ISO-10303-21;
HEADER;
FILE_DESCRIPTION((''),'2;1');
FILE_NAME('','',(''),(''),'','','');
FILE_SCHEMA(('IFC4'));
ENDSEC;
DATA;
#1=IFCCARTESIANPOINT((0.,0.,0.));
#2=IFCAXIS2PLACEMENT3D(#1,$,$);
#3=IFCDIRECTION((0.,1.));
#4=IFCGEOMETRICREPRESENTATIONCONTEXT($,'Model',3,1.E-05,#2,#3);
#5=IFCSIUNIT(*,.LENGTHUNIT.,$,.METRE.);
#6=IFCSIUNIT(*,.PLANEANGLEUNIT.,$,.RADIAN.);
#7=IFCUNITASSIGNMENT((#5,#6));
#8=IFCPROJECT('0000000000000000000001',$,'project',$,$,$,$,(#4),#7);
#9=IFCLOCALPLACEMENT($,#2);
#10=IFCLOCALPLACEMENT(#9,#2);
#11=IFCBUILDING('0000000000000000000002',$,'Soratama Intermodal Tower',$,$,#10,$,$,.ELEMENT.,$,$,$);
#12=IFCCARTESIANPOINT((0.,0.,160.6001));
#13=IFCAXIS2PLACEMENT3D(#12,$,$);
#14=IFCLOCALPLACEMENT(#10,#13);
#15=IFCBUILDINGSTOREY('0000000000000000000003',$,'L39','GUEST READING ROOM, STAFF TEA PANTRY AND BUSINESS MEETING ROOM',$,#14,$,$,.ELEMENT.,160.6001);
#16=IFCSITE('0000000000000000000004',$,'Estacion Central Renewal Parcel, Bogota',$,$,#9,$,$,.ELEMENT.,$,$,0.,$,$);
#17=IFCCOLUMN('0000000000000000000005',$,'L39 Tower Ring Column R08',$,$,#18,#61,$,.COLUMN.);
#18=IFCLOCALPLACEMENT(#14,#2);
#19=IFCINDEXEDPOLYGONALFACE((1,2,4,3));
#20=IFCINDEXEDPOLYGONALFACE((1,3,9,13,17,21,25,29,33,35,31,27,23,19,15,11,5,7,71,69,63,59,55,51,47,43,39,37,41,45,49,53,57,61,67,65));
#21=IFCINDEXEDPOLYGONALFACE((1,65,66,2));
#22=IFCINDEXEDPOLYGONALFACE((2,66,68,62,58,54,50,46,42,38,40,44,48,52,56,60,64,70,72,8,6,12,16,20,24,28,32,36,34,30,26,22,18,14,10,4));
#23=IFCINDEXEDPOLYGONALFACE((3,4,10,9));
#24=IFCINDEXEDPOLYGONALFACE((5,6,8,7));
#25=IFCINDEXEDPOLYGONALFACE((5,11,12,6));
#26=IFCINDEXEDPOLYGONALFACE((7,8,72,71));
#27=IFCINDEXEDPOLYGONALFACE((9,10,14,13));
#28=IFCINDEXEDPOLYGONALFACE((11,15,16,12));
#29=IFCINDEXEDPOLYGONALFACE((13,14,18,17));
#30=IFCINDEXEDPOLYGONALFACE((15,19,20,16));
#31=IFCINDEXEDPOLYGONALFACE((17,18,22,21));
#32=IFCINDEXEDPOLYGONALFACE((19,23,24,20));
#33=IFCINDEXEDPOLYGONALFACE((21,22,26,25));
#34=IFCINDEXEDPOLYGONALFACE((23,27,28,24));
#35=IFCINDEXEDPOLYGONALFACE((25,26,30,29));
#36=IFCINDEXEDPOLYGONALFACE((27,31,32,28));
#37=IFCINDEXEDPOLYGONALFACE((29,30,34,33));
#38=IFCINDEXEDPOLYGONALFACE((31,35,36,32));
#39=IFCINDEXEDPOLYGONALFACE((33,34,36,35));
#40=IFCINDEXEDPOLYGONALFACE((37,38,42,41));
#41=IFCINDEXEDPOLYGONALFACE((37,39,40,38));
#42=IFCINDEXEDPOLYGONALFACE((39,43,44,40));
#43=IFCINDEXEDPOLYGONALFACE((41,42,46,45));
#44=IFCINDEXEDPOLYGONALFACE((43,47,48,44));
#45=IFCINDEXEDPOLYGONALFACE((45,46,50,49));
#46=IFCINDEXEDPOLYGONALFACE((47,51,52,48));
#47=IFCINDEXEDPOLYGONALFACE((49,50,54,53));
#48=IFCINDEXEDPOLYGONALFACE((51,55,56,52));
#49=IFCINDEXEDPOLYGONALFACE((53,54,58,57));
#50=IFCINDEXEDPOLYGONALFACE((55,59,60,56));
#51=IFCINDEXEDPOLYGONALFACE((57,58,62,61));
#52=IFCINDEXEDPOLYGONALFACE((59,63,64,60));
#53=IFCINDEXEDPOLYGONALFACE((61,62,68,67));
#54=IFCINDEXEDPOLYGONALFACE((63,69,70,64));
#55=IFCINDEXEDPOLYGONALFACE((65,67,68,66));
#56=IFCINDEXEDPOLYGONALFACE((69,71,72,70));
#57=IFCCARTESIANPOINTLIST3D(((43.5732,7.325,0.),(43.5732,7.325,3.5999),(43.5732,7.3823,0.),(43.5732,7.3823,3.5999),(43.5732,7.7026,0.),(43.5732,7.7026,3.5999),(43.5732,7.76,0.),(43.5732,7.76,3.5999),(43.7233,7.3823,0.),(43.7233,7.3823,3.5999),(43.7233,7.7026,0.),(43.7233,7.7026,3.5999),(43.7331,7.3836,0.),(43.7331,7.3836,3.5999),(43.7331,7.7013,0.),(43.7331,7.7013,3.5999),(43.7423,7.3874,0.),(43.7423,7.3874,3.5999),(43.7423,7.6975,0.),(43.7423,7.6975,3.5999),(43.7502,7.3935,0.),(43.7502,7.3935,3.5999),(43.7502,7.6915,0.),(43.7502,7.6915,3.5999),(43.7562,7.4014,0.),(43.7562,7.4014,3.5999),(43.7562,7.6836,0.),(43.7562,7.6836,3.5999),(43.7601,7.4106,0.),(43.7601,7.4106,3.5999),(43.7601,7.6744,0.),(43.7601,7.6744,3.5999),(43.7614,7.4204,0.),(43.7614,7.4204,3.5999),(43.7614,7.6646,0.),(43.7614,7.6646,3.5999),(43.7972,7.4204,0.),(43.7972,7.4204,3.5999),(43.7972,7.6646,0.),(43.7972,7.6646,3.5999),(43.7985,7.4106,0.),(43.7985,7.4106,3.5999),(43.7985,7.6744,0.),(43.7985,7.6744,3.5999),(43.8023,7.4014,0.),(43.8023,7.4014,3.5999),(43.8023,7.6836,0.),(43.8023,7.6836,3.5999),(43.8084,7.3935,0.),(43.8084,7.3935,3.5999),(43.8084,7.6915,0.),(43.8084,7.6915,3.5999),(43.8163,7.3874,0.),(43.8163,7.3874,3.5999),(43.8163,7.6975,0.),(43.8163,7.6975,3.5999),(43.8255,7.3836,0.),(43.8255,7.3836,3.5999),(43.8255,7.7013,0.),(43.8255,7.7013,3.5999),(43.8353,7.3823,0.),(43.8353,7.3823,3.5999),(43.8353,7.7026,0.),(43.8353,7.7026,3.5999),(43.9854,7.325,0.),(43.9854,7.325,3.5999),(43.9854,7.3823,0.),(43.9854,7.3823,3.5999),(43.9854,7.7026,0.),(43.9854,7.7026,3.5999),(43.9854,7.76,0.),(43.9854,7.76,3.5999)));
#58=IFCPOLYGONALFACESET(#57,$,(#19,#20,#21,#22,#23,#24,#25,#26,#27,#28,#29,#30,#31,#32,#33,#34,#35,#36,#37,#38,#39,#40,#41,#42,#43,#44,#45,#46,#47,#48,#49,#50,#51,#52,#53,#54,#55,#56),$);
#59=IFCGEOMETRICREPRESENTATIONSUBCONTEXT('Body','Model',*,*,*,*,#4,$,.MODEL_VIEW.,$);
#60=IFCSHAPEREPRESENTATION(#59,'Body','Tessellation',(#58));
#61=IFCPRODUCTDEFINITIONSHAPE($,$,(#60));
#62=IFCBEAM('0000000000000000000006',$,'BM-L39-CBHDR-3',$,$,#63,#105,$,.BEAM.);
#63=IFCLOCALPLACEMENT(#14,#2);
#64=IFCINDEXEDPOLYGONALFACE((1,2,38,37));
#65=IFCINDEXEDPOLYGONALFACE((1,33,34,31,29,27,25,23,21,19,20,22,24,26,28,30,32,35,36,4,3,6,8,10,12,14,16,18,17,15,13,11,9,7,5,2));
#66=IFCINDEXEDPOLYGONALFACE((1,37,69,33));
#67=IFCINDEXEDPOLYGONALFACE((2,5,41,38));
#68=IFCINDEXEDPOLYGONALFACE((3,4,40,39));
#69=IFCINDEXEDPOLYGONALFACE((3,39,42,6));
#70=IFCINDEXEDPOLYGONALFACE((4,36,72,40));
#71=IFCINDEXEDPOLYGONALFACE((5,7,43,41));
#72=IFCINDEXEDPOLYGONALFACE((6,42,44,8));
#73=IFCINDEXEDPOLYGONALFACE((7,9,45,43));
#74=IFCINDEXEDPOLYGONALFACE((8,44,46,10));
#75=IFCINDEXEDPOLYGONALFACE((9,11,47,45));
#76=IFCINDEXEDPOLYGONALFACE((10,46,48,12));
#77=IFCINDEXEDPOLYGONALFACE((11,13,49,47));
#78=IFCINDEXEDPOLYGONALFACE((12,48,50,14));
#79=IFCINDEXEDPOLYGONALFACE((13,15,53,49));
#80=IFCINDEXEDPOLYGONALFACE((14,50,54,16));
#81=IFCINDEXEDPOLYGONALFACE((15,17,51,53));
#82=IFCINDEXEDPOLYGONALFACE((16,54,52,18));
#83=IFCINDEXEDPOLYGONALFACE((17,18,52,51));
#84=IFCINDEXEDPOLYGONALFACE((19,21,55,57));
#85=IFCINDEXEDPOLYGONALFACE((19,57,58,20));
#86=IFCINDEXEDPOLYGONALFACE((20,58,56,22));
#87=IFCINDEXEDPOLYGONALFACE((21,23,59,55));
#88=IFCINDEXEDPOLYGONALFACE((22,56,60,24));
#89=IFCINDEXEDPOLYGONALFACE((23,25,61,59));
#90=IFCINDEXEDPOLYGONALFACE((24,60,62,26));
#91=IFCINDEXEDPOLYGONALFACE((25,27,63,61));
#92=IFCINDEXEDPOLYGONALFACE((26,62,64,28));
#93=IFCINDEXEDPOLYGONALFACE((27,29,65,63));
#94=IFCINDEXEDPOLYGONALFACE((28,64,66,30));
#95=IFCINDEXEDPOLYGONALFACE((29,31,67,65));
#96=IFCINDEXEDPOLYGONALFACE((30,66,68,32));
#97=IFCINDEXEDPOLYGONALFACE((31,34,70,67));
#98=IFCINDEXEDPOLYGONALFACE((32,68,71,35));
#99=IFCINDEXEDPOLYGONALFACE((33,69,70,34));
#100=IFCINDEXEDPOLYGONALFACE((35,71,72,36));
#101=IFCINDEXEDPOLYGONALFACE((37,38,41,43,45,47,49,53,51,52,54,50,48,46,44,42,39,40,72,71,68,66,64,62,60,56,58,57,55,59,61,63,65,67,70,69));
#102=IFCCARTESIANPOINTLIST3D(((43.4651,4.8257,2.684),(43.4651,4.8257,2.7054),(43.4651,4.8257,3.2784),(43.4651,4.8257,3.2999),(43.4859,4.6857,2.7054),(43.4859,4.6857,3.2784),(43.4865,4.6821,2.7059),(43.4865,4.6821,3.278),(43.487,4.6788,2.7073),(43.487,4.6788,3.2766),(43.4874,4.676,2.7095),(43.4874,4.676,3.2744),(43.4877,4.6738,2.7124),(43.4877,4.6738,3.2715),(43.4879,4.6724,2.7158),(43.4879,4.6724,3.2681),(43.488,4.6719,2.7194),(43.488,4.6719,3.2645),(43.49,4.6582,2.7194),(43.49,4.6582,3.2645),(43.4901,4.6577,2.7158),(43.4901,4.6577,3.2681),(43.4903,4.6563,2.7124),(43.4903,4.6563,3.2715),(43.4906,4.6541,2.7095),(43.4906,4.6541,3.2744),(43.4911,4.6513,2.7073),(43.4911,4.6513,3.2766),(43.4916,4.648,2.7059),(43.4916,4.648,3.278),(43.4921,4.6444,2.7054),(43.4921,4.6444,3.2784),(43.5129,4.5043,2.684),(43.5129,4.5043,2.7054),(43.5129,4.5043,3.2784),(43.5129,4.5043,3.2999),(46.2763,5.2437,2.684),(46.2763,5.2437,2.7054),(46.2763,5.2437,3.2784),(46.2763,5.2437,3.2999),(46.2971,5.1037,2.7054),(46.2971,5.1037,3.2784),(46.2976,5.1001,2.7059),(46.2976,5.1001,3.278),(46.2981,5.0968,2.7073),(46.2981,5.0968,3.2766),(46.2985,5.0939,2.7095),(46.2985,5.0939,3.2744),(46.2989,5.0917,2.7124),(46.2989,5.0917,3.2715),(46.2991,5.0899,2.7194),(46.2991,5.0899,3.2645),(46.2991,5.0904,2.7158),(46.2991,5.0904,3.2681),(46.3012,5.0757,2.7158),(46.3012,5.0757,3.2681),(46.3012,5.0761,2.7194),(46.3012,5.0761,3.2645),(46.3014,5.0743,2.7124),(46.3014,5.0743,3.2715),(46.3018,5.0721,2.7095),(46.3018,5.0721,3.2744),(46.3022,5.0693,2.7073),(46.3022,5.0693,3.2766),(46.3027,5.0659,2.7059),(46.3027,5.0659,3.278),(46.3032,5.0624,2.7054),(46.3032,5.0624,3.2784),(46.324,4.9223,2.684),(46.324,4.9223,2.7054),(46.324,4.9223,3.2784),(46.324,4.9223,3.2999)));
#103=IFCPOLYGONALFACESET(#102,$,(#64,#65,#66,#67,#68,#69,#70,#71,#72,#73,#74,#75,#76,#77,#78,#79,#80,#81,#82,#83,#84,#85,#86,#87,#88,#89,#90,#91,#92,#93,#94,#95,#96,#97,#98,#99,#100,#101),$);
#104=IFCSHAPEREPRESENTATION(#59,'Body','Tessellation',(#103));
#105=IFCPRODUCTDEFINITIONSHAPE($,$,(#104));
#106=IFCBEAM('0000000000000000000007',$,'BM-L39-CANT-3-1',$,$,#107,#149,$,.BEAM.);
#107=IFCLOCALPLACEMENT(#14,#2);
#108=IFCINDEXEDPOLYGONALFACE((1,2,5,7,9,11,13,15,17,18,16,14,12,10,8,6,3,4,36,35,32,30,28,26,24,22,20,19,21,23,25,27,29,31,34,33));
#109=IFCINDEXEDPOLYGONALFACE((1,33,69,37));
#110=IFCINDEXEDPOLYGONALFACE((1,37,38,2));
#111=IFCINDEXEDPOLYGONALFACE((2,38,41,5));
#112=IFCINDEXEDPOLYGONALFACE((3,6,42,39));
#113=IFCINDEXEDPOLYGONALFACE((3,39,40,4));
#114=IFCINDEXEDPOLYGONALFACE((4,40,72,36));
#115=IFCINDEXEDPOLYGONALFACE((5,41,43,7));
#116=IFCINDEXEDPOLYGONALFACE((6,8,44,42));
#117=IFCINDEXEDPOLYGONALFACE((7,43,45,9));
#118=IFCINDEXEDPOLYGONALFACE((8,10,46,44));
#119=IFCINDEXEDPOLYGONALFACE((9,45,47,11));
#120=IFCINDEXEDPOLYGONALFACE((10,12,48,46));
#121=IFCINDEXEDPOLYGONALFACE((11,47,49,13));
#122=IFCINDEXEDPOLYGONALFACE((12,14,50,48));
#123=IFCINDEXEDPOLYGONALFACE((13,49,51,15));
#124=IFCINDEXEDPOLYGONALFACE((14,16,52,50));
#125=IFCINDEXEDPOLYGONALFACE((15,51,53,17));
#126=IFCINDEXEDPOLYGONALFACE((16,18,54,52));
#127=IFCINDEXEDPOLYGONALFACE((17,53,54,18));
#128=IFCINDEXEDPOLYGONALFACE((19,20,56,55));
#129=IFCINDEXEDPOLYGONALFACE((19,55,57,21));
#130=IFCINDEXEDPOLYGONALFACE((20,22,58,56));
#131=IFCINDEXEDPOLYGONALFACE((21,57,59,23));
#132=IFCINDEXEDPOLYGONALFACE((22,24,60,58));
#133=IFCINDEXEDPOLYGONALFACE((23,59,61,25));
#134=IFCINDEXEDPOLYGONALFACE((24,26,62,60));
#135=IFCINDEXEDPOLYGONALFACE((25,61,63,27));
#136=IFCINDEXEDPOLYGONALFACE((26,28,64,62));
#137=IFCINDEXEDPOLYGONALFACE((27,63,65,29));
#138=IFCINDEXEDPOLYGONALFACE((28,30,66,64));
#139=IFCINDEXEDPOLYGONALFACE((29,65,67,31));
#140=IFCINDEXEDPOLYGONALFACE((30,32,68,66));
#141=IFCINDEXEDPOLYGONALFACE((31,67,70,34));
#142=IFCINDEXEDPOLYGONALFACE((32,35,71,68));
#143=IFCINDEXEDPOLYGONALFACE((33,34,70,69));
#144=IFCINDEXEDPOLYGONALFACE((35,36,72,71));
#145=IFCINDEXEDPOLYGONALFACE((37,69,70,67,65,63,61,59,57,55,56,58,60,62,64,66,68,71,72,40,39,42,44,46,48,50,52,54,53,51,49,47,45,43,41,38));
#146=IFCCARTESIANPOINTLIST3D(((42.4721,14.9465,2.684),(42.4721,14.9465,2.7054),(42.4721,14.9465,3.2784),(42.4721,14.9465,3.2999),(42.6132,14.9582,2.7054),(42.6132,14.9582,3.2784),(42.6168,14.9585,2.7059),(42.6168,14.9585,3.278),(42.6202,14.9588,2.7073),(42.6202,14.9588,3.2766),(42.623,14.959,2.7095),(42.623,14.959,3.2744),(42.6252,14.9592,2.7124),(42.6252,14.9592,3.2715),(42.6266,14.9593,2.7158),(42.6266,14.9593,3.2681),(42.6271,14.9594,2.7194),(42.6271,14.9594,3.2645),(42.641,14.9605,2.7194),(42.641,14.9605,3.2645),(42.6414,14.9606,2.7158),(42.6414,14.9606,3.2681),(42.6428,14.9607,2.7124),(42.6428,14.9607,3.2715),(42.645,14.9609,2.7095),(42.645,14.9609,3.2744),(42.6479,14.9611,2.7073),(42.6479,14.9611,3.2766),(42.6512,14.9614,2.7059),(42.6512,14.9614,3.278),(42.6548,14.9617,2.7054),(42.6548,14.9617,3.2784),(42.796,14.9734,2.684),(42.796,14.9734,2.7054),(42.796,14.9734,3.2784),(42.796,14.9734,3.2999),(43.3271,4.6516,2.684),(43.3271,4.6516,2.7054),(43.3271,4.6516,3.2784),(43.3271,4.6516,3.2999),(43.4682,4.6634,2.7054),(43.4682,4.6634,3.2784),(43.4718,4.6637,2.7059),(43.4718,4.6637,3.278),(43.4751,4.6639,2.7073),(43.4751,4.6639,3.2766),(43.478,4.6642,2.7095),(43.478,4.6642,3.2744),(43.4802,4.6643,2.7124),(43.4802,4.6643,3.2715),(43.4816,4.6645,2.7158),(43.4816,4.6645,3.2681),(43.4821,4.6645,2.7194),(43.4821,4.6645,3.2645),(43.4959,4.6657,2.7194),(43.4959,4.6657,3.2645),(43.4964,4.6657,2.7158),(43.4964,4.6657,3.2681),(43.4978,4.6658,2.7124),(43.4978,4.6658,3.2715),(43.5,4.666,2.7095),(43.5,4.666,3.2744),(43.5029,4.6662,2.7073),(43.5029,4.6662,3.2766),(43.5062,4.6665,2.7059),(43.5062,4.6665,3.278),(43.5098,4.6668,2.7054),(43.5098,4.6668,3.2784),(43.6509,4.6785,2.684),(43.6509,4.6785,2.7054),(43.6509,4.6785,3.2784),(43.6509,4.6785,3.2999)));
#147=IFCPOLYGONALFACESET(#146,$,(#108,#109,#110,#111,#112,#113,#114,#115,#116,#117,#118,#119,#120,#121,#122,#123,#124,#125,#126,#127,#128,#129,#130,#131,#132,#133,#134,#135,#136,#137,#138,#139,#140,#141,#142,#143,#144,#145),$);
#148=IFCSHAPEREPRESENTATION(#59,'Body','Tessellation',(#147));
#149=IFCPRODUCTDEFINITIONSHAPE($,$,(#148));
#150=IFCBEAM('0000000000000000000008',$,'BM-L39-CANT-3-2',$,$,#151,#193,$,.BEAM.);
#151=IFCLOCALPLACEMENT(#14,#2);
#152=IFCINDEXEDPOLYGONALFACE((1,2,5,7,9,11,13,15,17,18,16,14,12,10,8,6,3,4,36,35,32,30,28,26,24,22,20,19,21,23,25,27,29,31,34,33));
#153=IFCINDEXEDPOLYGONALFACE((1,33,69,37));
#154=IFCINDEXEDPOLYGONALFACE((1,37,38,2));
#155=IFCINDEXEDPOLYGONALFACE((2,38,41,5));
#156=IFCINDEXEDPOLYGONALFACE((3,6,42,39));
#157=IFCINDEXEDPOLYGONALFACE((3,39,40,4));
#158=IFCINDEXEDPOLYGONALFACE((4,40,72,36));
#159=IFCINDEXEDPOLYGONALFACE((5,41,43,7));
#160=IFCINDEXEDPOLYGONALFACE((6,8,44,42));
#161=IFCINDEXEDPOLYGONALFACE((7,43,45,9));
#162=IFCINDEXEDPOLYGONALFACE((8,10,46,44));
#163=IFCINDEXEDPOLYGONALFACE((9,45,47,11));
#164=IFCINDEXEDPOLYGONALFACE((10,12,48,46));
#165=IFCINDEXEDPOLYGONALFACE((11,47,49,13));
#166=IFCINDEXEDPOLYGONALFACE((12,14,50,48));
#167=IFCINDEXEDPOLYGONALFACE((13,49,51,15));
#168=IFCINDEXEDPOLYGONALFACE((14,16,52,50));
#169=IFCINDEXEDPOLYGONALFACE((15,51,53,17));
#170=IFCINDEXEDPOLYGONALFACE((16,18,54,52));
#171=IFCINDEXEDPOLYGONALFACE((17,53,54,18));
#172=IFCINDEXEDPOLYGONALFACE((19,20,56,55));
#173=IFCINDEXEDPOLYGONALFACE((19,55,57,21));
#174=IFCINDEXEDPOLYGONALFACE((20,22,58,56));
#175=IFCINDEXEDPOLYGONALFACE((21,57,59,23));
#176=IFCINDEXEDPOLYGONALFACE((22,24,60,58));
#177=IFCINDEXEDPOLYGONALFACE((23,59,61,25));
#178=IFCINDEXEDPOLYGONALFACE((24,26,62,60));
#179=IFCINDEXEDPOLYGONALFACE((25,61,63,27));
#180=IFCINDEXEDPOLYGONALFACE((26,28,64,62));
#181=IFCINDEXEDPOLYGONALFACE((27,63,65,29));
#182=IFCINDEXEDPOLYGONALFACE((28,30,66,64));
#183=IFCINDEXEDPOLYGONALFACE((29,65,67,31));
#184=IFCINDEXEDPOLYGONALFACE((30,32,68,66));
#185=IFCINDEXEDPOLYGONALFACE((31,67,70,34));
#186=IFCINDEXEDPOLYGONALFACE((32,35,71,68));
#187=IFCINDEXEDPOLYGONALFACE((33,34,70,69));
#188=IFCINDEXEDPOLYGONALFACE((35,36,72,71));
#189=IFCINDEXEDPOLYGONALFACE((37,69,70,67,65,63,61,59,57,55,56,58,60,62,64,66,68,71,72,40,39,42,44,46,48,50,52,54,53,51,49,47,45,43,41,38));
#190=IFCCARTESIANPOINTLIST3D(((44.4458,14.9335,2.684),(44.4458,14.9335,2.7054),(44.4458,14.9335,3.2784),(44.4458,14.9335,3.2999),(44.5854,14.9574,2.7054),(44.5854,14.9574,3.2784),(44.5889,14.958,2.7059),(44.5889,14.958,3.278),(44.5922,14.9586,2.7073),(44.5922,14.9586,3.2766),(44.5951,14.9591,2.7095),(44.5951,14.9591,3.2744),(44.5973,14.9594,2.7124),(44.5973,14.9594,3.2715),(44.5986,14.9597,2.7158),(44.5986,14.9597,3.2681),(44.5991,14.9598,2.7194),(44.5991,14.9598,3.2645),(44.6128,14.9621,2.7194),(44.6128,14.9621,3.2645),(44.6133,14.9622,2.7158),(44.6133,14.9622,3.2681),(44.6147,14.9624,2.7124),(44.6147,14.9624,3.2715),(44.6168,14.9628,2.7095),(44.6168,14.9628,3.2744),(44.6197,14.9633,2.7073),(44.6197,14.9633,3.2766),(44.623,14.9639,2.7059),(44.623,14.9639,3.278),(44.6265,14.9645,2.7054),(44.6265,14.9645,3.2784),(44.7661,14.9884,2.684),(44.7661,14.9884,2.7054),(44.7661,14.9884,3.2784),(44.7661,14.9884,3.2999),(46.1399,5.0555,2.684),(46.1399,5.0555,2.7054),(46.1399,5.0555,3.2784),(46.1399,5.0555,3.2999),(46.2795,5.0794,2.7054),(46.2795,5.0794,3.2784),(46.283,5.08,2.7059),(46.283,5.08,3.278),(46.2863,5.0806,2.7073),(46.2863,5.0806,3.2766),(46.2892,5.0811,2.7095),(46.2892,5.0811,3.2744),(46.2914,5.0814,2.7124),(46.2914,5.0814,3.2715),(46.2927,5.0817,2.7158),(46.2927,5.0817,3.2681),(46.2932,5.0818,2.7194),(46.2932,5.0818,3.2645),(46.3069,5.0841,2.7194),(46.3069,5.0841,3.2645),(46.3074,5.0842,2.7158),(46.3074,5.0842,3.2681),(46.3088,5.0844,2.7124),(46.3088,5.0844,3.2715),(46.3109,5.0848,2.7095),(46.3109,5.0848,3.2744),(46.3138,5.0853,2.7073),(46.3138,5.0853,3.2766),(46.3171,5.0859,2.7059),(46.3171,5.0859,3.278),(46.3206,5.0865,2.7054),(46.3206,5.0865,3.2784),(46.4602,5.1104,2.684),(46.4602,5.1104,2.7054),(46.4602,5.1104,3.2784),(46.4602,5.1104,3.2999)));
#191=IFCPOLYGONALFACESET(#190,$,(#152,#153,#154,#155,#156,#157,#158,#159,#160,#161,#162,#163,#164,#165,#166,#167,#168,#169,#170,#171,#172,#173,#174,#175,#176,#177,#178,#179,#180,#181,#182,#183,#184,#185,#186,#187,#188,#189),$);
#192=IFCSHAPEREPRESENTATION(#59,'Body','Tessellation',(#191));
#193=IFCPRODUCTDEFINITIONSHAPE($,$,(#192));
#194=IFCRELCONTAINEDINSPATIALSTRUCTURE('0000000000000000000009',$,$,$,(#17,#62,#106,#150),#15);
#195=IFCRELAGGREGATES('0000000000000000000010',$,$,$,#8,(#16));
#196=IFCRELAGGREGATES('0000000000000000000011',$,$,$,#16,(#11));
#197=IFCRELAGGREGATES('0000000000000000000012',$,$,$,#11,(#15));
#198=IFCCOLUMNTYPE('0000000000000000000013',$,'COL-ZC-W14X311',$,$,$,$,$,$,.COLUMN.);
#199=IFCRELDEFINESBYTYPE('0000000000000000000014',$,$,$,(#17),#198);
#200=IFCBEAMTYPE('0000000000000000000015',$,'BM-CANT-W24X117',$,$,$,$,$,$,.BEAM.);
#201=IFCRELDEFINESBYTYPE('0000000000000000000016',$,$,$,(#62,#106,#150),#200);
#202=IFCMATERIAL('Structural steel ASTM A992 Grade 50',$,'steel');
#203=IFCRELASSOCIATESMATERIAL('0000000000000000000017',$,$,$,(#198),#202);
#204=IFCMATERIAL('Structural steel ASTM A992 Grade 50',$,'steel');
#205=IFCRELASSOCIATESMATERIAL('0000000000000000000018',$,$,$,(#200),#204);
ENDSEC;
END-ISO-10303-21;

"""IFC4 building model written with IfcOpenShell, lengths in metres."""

from ifc_helpers import new_model, si_unit, direction, frame, origin, origin_2d, place, context, subcontext, project, spatial, i_section, extrude, material, material_profile, profile_set, type_object, element, save


model = new_model("IFC4")

# Units and contexts
model_context = context("Model", 3, precision=1e-05, world=origin(), true_north=direction((0.0, 1.0)))
body_context = subcontext(model_context, "Body", "Model", "MODEL_VIEW")
ifc_project = project(units=[si_unit("LENGTHUNIT", "METRE"), si_unit("PLANEANGLEUNIT", "RADIAN")], contexts=[model_context])

# Site, building, storey
site_placement = place(None, origin())
site = spatial("IfcSite", under=ifc_project, at=site_placement, Name="Estacion Central Renewal Parcel, Bogota", CompositionType="ELEMENT", RefElevation=0.0)
building_placement = place(site_placement, origin())
building = spatial("IfcBuilding", under=site, at=building_placement, Name="Soratama Intermodal Tower", CompositionType="ELEMENT")
storey_placement = place(building_placement, frame((0.0, 0.0, 160.6001)))
storey = spatial("IfcBuildingStorey", under=building, at=storey_placement, Name="L39", Description="GUEST READING ROOM, STAFF TEA PANTRY AND BUSINESS MEETING ROOM", CompositionType="ELEMENT", Elevation=160.6001)

# Column
ifc_material_1 = material(Name="Structural steel ASTM A992 Grade 50", Category="steel")
ifc_material_profile_1 = material_profile(ifc_material_1, i_section(OverallWidth=0.4121, OverallDepth=0.4351, WebThickness=0.0359, FlangeThickness=0.0574, FilletRadius=0.0381, at=origin_2d()), Name="W14X311")
ifc_profile_set_1 = profile_set([ifc_material_profile_1], Name="Structural steel ASTM A992 Grade 50")
column_type = type_object("IfcColumnType", Name="COL-ZC-W14X311", PredefinedType="COLUMN", material=ifc_profile_set_1)
column_placement = place(storey_placement, frame((43.7793, 7.5425, 0.0), z_axis=(0.0, 0.0, 1.0), x_axis=(1.0, 0.0, 0.0)))
element("IfcColumn", 1, at=column_placement, inside=storey, type_object=column_type, Name="L39 Tower Ring Column R08", PredefinedType="COLUMN", context=body_context, shape_type="SweptSolid", body=[
    extrude(i_section(OverallWidth=0.4121, OverallDepth=0.4351, WebThickness=0.0359, FlangeThickness=0.0574, FilletRadius=0.0381, at=origin_2d()), origin(), (0.0, 0.0, 1.0), 3.5999),
])

# Beams
ifc_material_2 = material(Name="Structural steel ASTM A992 Grade 50", Category="steel")
ifc_material_profile_2 = material_profile(ifc_material_2, i_section(OverallWidth=0.325, OverallDepth=0.616, WebThickness=0.0139, FlangeThickness=0.0215, FilletRadius=0.0139, at=origin_2d()), Name="W24X117")
ifc_profile_set_2 = profile_set([ifc_material_profile_2], Name="Structural steel ASTM A992 Grade 50")
beam_type_1 = type_object("IfcBeamType", Name="BM-CANT-W24X117", PredefinedType="BEAM", material=ifc_profile_set_2)
beam_1_placement = place(storey_placement, frame((43.489, 4.665, 2.9919), z_axis=(0.989126, 0.147072, 0.0), x_axis=(-0.147072, 0.989126, 0.0)))
element("IfcBeam", 2, at=beam_1_placement, inside=storey, type_object=beam_type_1, Name="BM-L39-CBHDR-3", PredefinedType="BEAM", context=body_context, shape_type="SweptSolid", body=[
    extrude(i_section(OverallWidth=0.325, OverallDepth=0.616, WebThickness=0.0139, FlangeThickness=0.0215, FilletRadius=0.0139, at=origin_2d()), origin(), (0.0, 0.0, 1.0), 2.842),
])
beam_2_placement = place(storey_placement, frame((42.634, 14.96, 2.9919), z_axis=(0.082764, -0.996569, 0.0), x_axis=(0.996569, 0.082764, 0.0)))
element("IfcBeam", 3, at=beam_2_placement, inside=storey, type_object=beam_type_1, Name="BM-L39-CANT-3-1", PredefinedType="BEAM", context=body_context, shape_type="SweptSolid", body=[
    extrude(i_section(OverallWidth=0.325, OverallDepth=0.616, WebThickness=0.0139, FlangeThickness=0.0215, FilletRadius=0.0139, at=origin_2d()), origin(), (0.0, 0.0, 1.0), 10.3303),
])
beam_3_placement = place(storey_placement, frame((44.606, 14.9609, 2.9919), z_axis=(0.169035, -0.98561, 0.0), x_axis=(0.98561, 0.169035, 0.0)))
element("IfcBeam", 4, at=beam_3_placement, inside=storey, type_object=beam_type_1, Name="BM-L39-CANT-3-2", PredefinedType="BEAM", context=body_context, shape_type="SweptSolid", body=[
    extrude(i_section(OverallWidth=0.325, OverallDepth=0.616, WebThickness=0.0139, FlangeThickness=0.0215, FilletRadius=0.0139, at=origin_2d()), origin(), (0.0, 0.0, 1.0), 10.0222),
])

save(model, "model.ifc")
